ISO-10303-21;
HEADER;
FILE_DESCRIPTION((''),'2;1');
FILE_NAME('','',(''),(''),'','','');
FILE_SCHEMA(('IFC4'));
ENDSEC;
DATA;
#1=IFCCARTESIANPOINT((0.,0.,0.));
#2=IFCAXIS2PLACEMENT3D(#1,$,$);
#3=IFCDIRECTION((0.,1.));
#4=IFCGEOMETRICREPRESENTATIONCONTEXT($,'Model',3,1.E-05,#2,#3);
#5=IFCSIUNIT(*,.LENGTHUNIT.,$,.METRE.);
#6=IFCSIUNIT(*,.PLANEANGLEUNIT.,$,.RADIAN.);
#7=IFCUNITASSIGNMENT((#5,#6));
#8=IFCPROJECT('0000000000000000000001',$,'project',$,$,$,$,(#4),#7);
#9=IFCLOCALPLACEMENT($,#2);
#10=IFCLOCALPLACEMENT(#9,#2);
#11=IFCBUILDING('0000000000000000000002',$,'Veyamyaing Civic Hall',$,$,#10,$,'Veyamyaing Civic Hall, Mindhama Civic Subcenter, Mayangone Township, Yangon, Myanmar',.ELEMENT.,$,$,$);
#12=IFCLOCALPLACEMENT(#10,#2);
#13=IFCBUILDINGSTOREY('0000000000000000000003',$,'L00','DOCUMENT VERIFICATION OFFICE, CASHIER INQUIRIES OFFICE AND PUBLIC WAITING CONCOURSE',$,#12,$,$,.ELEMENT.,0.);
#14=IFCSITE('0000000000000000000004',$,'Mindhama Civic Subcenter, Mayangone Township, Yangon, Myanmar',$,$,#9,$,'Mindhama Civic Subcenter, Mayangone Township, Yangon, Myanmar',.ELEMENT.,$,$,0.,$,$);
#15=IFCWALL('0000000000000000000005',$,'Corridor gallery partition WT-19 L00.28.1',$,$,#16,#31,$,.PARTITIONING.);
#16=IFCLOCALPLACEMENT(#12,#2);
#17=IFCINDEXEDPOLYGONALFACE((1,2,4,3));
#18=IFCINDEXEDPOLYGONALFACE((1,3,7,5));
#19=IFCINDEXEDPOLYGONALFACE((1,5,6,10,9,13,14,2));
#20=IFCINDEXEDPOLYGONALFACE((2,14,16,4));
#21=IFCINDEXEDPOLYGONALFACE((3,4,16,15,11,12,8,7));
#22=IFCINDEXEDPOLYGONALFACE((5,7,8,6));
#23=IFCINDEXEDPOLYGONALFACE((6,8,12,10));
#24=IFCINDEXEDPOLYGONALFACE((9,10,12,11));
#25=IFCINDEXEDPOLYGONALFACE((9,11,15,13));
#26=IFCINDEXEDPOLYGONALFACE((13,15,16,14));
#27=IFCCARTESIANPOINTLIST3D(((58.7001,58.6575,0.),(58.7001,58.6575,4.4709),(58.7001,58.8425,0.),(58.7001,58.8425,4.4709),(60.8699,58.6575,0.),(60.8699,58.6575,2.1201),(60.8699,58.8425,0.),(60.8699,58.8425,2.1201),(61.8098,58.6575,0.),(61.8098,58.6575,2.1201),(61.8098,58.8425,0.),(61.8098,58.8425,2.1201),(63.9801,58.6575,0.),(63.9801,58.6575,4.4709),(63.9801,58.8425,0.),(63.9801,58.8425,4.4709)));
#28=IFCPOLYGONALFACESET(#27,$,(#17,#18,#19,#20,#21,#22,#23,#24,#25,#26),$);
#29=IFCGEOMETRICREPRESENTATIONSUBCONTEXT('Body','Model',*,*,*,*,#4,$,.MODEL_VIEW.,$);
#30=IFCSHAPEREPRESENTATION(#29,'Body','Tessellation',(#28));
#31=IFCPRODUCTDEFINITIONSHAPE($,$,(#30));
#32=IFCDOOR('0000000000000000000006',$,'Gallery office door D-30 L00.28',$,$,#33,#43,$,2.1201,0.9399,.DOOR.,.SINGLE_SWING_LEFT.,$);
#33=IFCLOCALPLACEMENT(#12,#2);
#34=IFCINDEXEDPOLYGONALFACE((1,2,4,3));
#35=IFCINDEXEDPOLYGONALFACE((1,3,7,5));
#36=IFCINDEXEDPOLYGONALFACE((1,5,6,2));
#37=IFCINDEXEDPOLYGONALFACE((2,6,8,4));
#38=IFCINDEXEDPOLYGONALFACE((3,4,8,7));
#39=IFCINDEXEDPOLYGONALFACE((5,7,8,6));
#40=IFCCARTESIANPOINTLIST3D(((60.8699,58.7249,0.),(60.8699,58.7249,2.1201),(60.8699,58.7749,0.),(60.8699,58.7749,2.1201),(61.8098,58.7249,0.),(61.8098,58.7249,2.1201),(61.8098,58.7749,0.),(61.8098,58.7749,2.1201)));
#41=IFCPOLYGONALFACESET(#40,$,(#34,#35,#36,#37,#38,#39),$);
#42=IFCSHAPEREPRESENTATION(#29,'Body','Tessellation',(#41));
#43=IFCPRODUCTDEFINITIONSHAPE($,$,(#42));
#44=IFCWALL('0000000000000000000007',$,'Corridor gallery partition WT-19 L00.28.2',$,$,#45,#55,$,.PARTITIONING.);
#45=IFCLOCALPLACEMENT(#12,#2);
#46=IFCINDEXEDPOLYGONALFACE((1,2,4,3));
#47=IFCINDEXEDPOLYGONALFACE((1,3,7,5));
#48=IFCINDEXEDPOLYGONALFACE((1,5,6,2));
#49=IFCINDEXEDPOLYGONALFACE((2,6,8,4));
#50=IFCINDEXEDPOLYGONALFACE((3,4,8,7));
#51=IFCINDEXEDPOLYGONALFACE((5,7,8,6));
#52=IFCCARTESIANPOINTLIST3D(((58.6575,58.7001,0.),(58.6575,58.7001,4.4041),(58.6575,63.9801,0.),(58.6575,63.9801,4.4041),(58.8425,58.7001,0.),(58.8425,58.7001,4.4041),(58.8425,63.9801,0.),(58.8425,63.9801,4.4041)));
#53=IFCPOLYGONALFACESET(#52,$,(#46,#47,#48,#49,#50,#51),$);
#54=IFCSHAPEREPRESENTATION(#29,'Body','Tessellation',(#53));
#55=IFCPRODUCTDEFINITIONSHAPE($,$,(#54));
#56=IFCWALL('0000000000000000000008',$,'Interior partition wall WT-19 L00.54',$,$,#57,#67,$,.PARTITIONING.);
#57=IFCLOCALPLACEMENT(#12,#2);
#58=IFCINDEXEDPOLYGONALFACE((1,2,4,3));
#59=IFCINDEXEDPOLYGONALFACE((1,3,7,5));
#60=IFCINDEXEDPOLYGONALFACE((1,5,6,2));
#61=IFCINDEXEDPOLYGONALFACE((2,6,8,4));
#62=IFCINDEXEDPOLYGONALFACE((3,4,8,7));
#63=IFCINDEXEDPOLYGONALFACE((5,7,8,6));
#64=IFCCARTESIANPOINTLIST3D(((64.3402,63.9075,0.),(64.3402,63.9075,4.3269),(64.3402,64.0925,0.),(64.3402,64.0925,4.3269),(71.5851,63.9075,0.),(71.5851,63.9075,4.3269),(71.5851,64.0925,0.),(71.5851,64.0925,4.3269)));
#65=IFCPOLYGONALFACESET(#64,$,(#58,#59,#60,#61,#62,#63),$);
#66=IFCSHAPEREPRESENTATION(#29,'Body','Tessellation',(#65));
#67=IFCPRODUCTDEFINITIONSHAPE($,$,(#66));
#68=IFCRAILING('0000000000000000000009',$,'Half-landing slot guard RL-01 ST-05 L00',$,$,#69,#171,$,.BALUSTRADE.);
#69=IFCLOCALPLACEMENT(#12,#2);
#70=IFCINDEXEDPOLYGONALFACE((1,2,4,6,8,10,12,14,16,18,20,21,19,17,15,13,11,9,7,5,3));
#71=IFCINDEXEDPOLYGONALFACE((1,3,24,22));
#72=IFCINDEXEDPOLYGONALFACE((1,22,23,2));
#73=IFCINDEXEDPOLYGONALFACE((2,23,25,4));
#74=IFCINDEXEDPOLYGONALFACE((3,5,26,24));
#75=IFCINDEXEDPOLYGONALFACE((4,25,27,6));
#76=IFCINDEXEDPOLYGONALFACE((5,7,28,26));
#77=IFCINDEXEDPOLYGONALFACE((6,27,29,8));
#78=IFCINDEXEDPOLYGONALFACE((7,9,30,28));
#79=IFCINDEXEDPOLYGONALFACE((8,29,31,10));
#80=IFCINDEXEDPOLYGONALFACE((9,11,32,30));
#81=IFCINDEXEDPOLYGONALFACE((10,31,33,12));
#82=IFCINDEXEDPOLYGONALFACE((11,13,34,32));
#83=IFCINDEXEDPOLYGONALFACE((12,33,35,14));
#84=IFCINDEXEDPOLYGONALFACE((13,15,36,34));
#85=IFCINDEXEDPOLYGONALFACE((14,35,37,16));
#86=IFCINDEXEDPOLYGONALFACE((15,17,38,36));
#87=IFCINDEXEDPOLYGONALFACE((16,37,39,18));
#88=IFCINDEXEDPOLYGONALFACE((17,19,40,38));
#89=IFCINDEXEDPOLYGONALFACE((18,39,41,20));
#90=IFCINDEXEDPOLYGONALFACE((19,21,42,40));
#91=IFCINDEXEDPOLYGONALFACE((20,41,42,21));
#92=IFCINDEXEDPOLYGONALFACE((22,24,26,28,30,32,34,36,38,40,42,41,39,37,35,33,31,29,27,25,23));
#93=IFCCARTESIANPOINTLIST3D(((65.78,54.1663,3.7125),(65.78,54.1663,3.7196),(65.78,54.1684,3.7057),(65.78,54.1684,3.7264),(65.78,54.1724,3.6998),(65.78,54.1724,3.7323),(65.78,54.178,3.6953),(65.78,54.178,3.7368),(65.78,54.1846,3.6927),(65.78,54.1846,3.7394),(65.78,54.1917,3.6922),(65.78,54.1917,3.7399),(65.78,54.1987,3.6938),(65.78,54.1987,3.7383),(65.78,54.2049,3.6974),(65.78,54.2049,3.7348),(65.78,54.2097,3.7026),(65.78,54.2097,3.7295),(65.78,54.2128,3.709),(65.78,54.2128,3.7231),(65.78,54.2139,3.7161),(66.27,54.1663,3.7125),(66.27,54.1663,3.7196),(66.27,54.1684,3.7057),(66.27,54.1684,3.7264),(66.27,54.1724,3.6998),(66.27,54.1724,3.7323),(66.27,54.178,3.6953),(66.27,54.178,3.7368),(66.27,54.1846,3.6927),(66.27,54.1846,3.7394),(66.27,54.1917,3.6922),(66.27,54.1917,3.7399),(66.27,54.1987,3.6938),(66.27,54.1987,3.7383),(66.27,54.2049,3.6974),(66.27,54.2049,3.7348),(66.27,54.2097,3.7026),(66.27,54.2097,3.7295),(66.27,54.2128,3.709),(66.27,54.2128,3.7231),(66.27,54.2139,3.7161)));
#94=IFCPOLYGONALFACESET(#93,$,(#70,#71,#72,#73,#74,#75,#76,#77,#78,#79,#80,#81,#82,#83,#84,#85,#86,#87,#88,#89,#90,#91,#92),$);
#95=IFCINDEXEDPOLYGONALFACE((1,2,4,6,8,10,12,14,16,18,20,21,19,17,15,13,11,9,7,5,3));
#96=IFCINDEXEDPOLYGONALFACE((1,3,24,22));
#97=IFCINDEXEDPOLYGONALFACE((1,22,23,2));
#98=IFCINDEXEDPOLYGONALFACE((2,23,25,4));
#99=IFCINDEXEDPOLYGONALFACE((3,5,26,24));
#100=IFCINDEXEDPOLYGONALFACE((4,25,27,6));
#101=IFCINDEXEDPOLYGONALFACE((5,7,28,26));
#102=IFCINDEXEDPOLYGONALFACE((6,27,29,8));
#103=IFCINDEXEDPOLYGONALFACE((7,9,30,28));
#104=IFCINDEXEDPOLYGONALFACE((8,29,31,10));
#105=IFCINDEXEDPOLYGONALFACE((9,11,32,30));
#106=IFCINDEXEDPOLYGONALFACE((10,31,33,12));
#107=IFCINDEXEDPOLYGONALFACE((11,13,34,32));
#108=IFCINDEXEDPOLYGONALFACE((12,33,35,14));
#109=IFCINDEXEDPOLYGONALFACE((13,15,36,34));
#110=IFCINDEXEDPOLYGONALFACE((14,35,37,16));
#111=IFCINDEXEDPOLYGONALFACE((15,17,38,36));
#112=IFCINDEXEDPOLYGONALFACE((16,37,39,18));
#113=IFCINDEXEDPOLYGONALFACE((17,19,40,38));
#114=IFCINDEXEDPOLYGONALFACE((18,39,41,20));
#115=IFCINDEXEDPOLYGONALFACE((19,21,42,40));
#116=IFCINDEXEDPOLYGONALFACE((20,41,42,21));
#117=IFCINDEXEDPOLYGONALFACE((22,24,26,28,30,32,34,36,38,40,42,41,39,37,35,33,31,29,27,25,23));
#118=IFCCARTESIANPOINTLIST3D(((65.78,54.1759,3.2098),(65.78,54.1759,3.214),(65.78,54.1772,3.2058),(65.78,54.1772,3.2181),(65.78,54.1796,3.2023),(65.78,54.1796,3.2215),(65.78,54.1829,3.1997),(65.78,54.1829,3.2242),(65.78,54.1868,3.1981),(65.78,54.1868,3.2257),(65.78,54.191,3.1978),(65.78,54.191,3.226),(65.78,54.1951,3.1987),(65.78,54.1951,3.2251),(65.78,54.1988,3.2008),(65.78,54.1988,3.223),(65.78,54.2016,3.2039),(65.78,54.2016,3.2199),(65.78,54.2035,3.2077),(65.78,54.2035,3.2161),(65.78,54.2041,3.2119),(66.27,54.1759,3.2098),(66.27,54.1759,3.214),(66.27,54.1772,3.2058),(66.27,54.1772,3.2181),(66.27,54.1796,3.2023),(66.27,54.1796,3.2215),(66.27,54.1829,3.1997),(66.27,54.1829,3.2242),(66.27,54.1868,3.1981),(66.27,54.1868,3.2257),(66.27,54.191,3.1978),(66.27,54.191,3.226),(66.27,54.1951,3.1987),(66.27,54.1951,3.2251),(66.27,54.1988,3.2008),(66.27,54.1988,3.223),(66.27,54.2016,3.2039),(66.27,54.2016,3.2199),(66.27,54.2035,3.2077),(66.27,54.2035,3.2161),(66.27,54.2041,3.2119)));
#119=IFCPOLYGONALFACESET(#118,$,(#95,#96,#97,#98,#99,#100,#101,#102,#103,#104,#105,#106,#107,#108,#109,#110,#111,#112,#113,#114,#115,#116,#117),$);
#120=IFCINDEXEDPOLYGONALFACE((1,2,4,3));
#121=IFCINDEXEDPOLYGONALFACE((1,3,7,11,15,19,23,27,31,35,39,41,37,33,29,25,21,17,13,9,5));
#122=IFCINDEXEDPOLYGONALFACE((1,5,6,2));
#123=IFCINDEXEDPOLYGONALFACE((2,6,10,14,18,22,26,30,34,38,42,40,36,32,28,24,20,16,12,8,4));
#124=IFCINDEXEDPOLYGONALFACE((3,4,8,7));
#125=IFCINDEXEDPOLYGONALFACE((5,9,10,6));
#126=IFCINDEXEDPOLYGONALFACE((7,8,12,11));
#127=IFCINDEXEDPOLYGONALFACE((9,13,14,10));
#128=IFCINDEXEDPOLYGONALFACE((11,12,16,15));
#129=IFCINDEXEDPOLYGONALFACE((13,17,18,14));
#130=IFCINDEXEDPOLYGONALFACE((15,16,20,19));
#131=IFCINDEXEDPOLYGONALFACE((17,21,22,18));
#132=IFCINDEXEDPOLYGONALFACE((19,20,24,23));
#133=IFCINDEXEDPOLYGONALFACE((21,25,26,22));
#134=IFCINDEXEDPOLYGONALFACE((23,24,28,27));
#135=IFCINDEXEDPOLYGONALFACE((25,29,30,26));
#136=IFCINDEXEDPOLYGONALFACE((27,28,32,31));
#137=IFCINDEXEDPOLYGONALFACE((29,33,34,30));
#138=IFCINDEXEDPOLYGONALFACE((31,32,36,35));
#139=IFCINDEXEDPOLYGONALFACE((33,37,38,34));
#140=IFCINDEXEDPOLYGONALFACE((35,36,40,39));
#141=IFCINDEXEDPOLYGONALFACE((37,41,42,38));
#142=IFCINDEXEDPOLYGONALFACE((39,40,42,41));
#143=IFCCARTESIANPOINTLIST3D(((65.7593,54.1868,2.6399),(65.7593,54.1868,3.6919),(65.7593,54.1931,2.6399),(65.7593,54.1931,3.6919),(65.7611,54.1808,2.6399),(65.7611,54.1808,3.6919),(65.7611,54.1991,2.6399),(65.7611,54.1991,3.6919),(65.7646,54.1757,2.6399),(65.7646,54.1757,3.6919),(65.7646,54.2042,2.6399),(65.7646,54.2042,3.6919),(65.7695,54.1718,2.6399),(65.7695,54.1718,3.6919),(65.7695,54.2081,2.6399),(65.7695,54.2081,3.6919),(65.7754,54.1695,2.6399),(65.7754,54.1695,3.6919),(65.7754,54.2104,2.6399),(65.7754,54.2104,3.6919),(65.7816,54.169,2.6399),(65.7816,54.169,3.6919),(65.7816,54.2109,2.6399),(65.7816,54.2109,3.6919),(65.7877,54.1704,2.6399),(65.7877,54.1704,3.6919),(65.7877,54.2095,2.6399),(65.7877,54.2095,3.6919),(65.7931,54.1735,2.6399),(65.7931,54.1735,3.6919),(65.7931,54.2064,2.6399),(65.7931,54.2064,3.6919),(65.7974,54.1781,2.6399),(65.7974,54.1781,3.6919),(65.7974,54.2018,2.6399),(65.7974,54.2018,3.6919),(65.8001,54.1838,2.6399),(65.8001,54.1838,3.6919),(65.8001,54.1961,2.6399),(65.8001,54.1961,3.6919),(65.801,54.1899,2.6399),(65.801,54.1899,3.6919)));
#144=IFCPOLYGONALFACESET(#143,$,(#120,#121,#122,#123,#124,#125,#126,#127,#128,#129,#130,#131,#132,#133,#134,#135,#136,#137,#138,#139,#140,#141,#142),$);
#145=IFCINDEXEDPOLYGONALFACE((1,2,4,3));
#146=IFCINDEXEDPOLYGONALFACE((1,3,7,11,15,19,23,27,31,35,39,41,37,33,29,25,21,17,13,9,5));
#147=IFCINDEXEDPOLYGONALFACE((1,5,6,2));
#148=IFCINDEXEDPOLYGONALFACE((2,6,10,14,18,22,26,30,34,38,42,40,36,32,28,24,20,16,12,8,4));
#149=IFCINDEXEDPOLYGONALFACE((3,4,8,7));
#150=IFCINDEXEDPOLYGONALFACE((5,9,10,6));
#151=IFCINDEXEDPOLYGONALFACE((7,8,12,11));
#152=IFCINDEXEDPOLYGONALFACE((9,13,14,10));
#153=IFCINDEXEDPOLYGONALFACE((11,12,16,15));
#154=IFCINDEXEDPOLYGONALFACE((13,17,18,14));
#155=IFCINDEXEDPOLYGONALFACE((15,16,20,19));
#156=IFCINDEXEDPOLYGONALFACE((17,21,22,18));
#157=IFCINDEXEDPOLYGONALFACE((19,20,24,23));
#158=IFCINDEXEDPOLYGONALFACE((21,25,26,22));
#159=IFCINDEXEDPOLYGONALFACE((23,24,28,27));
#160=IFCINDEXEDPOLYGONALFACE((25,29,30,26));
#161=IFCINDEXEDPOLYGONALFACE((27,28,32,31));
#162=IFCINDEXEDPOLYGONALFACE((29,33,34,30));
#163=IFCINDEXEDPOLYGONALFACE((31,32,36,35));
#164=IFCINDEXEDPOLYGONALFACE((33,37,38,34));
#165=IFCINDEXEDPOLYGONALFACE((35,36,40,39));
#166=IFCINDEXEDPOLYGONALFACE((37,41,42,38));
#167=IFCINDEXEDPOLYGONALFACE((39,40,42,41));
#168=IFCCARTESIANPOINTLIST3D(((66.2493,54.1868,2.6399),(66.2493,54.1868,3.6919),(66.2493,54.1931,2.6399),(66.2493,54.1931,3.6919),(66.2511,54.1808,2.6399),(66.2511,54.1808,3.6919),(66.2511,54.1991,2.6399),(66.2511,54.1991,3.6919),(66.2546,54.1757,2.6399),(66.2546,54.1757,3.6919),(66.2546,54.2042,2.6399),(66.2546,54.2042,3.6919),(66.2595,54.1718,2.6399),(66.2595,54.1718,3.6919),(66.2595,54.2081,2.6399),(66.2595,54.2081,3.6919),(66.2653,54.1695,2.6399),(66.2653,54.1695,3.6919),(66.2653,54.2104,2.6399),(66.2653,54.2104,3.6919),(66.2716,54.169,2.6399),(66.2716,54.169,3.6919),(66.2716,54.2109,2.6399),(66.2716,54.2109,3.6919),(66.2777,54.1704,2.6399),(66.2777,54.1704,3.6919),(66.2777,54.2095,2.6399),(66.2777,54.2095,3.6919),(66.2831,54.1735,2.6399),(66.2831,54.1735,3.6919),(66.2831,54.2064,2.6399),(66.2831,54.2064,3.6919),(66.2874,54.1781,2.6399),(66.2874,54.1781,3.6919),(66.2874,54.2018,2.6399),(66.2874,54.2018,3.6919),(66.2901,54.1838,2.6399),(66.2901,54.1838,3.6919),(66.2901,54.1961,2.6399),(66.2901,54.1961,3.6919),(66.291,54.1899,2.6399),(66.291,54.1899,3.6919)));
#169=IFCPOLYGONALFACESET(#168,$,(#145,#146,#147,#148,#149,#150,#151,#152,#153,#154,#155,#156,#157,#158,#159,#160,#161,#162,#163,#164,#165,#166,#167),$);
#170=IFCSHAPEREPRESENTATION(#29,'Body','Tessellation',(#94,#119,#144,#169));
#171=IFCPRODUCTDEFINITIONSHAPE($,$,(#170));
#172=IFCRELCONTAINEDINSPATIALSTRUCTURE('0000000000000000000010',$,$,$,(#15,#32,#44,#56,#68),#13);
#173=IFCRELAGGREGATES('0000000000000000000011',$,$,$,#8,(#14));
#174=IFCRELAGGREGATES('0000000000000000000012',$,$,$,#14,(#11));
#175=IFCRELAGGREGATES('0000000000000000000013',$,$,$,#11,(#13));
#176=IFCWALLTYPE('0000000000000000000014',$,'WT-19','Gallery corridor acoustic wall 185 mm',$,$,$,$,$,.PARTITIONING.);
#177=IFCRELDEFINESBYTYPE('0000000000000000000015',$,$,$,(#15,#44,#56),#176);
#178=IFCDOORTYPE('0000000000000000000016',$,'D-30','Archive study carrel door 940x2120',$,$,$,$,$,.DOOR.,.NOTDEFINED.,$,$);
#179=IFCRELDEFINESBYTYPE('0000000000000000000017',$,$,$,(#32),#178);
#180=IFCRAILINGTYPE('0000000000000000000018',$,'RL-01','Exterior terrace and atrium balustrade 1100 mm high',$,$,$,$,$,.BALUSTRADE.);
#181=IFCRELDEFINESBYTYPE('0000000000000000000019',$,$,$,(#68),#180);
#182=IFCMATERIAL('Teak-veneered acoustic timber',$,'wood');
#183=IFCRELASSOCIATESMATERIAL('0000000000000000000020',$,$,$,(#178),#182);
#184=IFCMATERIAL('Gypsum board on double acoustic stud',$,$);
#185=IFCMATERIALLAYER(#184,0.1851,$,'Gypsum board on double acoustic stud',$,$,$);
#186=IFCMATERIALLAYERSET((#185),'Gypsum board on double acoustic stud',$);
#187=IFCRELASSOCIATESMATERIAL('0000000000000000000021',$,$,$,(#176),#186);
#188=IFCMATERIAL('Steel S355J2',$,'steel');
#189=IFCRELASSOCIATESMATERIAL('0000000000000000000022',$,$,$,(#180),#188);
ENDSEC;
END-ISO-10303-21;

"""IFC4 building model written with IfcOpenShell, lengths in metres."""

from ifc_helpers import new_model, si_unit, direction, frame, frame_2d, origin, origin_2d, place, context, subcontext, project, spatial, rectangle, circle, extrude, material, layer, layer_set, type_object, element, fill, save


model = new_model("IFC4")

# Units and contexts
model_context = context("Model", 3, precision=1e-05, world=origin(), true_north=direction((0.0, 1.0)))
body_context = subcontext(model_context, "Body", "Model", "MODEL_VIEW")
ifc_project = project(units=[si_unit("LENGTHUNIT", "METRE"), si_unit("PLANEANGLEUNIT", "RADIAN")], contexts=[model_context])

# Site, building, storey
site_placement = place(None, origin())
site = spatial("IfcSite", under=ifc_project, at=site_placement, Name="Mindhama Civic Subcenter, Mayangone Township, Yangon, Myanmar", LongName="Mindhama Civic Subcenter, Mayangone Township, Yangon, Myanmar", CompositionType="ELEMENT", RefElevation=0.0)
building_placement = place(site_placement, origin())
building = spatial("IfcBuilding", under=site, at=building_placement, Name="Veyamyaing Civic Hall", LongName="Veyamyaing Civic Hall, Mindhama Civic Subcenter, Mayangone Township, Yangon, Myanmar", CompositionType="ELEMENT")
storey_placement = place(building_placement, origin())
storey = spatial("IfcBuildingStorey", under=building, at=storey_placement, Name="L00", Description="DOCUMENT VERIFICATION OFFICE, CASHIER INQUIRIES OFFICE AND PUBLIC WAITING CONCOURSE", CompositionType="ELEMENT", Elevation=0.0)

# Shared definitions
ifc_material_1 = material(Name="Teak-veneered acoustic timber", Category="wood")

# Shared definitions
door_type_1 = type_object("IfcDoorType", Name="D-30", Description="Archive study carrel door 940x2120", OperationType="NOTDEFINED", PredefinedType="DOOR", material=ifc_material_1)

# Wall, opening, door
ifc_material_2 = material(Name="Gypsum board on double acoustic stud")
ifc_layer_1 = layer(ifc_material_2, 0.1851, Name="Gypsum board on double acoustic stud")
ifc_layer_set_1 = layer_set([ifc_layer_1], Name="Gypsum board on double acoustic stud")
wall_type_1 = type_object("IfcWallType", Name="WT-19", Description="Gallery corridor acoustic wall 185 mm", PredefinedType="PARTITIONING", material=ifc_layer_set_1)
wall_1_placement = place(storey_placement, frame((58.7, 58.75, 0.0), z_axis=(0.0, 0.0, 1.0), x_axis=(1.0, 0.0, 0.0)))
wall_1 = element("IfcWall", 1, at=wall_1_placement, inside=storey, type_object=wall_type_1, Name="Corridor gallery partition WT-19 L00.28.1", PredefinedType="PARTITIONING", context=body_context, shape_type="SweptSolid", body=[
    extrude(rectangle(XDim=5.28, YDim=0.1851, at=frame_2d((2.6401, 0.0))), origin(), (0.0, 0.0, 1.0), 4.4709),
])
opening_1_placement = place(wall_1_placement, frame((2.1699, 0.0, 0.0)))
opening_1 = element("IfcOpeningElement", 2, at=opening_1_placement, cuts=wall_1, PredefinedType="OPENING", context=body_context, shape_type="SweptSolid", body=[
    extrude(rectangle(XDim=0.9399, YDim=2.1201, at=frame_2d((0.47, 1.0601))), frame((0.0, 0.1025, 0.0), z_axis=(0.0, -1.0, 0.0), x_axis=(1.0, 0.0, 0.0)), (0.0, 0.0, 1.0), 0.2051),
])
door_1_placement = place(opening_1_placement, origin())
door_1 = element("IfcDoor", 3, at=door_1_placement, inside=storey, type_object=door_type_1, Name="Gallery office door D-30 L00.28", OperationType="SINGLE_SWING_LEFT", OverallHeight=2.1201, OverallWidth=0.9399, PredefinedType="DOOR", context=body_context, shape_type="SweptSolid", body=[
    extrude(rectangle(XDim=0.9399, YDim=2.1201, at=frame_2d((0.47, 1.0601))), frame((0.0, 0.0249, 0.0), z_axis=(0.0, -1.0, 0.0), x_axis=(1.0, 0.0, 0.0)), (0.0, 0.0, 1.0), 0.05),
])
fill(opening_1, door_1)

# Walls
wall_2_placement = place(storey_placement, frame((58.75, 58.7, 0.0), z_axis=(0.0, 0.0, 1.0), x_axis=(0.0, 1.0, 0.0)))
element("IfcWall", 4, at=wall_2_placement, inside=storey, type_object=wall_type_1, Name="Corridor gallery partition WT-19 L00.28.2", PredefinedType="PARTITIONING", context=body_context, shape_type="SweptSolid", body=[
    extrude(rectangle(XDim=5.28, YDim=0.1851, at=frame_2d((2.6401, 0.0))), origin(), (0.0, 0.0, 1.0), 4.4041),
])
wall_3_placement = place(storey_placement, frame((64.3401, 64.0, 0.0), z_axis=(0.0, 0.0, 1.0), x_axis=(1.0, 0.0, 0.0)))
element("IfcWall", 5, at=wall_3_placement, inside=storey, type_object=wall_type_1, Name="Interior partition wall WT-19 L00.54", PredefinedType="PARTITIONING", context=body_context, shape_type="SweptSolid", body=[
    extrude(rectangle(XDim=7.2449, YDim=0.1851, at=frame_2d((3.6226, 0.0))), origin(), (0.0, 0.0, 1.0), 4.3269),
])

# Railing
ifc_material_3 = material(Name="Steel S355J2", Category="steel")
railing_type = type_object("IfcRailingType", Name="RL-01", Description="Exterior terrace and atrium balustrade 1100 mm high", PredefinedType="BALUSTRADE", material=ifc_material_3)
railing_placement = place(storey_placement, frame((65.78, 54.1899, 2.6399)))
element("IfcRailing", 6, at=railing_placement, inside=storey, type_object=railing_type, Name="Half-landing slot guard RL-01 ST-05 L00", PredefinedType="BALUSTRADE", context=body_context, shape_type="SweptSolid", body=[
    extrude(circle(Radius=0.0239, at=origin_2d()), frame((0.0, 0.0, 1.0762), z_axis=(1.0, 0.0, 0.0), x_axis=(0.0, 1.0, 0.0)), (0.0, 0.0, 1.0), 0.49),
    extrude(circle(Radius=0.0142, at=origin_2d()), frame((0.0, 0.0, 0.572), z_axis=(1.0, 0.0, 0.0), x_axis=(0.0, 1.0, 0.0)), (0.0, 0.0, 1.0), 0.49),
    extrude(circle(Radius=0.021, at=origin_2d()), origin(), (0.0, 0.0, 1.0), 1.052),
    extrude(circle(Radius=0.021, at=origin_2d()), frame((0.49, 0.0, 0.0)), (0.0, 0.0, 1.0), 1.052),
])

save(model, "model.ifc")
